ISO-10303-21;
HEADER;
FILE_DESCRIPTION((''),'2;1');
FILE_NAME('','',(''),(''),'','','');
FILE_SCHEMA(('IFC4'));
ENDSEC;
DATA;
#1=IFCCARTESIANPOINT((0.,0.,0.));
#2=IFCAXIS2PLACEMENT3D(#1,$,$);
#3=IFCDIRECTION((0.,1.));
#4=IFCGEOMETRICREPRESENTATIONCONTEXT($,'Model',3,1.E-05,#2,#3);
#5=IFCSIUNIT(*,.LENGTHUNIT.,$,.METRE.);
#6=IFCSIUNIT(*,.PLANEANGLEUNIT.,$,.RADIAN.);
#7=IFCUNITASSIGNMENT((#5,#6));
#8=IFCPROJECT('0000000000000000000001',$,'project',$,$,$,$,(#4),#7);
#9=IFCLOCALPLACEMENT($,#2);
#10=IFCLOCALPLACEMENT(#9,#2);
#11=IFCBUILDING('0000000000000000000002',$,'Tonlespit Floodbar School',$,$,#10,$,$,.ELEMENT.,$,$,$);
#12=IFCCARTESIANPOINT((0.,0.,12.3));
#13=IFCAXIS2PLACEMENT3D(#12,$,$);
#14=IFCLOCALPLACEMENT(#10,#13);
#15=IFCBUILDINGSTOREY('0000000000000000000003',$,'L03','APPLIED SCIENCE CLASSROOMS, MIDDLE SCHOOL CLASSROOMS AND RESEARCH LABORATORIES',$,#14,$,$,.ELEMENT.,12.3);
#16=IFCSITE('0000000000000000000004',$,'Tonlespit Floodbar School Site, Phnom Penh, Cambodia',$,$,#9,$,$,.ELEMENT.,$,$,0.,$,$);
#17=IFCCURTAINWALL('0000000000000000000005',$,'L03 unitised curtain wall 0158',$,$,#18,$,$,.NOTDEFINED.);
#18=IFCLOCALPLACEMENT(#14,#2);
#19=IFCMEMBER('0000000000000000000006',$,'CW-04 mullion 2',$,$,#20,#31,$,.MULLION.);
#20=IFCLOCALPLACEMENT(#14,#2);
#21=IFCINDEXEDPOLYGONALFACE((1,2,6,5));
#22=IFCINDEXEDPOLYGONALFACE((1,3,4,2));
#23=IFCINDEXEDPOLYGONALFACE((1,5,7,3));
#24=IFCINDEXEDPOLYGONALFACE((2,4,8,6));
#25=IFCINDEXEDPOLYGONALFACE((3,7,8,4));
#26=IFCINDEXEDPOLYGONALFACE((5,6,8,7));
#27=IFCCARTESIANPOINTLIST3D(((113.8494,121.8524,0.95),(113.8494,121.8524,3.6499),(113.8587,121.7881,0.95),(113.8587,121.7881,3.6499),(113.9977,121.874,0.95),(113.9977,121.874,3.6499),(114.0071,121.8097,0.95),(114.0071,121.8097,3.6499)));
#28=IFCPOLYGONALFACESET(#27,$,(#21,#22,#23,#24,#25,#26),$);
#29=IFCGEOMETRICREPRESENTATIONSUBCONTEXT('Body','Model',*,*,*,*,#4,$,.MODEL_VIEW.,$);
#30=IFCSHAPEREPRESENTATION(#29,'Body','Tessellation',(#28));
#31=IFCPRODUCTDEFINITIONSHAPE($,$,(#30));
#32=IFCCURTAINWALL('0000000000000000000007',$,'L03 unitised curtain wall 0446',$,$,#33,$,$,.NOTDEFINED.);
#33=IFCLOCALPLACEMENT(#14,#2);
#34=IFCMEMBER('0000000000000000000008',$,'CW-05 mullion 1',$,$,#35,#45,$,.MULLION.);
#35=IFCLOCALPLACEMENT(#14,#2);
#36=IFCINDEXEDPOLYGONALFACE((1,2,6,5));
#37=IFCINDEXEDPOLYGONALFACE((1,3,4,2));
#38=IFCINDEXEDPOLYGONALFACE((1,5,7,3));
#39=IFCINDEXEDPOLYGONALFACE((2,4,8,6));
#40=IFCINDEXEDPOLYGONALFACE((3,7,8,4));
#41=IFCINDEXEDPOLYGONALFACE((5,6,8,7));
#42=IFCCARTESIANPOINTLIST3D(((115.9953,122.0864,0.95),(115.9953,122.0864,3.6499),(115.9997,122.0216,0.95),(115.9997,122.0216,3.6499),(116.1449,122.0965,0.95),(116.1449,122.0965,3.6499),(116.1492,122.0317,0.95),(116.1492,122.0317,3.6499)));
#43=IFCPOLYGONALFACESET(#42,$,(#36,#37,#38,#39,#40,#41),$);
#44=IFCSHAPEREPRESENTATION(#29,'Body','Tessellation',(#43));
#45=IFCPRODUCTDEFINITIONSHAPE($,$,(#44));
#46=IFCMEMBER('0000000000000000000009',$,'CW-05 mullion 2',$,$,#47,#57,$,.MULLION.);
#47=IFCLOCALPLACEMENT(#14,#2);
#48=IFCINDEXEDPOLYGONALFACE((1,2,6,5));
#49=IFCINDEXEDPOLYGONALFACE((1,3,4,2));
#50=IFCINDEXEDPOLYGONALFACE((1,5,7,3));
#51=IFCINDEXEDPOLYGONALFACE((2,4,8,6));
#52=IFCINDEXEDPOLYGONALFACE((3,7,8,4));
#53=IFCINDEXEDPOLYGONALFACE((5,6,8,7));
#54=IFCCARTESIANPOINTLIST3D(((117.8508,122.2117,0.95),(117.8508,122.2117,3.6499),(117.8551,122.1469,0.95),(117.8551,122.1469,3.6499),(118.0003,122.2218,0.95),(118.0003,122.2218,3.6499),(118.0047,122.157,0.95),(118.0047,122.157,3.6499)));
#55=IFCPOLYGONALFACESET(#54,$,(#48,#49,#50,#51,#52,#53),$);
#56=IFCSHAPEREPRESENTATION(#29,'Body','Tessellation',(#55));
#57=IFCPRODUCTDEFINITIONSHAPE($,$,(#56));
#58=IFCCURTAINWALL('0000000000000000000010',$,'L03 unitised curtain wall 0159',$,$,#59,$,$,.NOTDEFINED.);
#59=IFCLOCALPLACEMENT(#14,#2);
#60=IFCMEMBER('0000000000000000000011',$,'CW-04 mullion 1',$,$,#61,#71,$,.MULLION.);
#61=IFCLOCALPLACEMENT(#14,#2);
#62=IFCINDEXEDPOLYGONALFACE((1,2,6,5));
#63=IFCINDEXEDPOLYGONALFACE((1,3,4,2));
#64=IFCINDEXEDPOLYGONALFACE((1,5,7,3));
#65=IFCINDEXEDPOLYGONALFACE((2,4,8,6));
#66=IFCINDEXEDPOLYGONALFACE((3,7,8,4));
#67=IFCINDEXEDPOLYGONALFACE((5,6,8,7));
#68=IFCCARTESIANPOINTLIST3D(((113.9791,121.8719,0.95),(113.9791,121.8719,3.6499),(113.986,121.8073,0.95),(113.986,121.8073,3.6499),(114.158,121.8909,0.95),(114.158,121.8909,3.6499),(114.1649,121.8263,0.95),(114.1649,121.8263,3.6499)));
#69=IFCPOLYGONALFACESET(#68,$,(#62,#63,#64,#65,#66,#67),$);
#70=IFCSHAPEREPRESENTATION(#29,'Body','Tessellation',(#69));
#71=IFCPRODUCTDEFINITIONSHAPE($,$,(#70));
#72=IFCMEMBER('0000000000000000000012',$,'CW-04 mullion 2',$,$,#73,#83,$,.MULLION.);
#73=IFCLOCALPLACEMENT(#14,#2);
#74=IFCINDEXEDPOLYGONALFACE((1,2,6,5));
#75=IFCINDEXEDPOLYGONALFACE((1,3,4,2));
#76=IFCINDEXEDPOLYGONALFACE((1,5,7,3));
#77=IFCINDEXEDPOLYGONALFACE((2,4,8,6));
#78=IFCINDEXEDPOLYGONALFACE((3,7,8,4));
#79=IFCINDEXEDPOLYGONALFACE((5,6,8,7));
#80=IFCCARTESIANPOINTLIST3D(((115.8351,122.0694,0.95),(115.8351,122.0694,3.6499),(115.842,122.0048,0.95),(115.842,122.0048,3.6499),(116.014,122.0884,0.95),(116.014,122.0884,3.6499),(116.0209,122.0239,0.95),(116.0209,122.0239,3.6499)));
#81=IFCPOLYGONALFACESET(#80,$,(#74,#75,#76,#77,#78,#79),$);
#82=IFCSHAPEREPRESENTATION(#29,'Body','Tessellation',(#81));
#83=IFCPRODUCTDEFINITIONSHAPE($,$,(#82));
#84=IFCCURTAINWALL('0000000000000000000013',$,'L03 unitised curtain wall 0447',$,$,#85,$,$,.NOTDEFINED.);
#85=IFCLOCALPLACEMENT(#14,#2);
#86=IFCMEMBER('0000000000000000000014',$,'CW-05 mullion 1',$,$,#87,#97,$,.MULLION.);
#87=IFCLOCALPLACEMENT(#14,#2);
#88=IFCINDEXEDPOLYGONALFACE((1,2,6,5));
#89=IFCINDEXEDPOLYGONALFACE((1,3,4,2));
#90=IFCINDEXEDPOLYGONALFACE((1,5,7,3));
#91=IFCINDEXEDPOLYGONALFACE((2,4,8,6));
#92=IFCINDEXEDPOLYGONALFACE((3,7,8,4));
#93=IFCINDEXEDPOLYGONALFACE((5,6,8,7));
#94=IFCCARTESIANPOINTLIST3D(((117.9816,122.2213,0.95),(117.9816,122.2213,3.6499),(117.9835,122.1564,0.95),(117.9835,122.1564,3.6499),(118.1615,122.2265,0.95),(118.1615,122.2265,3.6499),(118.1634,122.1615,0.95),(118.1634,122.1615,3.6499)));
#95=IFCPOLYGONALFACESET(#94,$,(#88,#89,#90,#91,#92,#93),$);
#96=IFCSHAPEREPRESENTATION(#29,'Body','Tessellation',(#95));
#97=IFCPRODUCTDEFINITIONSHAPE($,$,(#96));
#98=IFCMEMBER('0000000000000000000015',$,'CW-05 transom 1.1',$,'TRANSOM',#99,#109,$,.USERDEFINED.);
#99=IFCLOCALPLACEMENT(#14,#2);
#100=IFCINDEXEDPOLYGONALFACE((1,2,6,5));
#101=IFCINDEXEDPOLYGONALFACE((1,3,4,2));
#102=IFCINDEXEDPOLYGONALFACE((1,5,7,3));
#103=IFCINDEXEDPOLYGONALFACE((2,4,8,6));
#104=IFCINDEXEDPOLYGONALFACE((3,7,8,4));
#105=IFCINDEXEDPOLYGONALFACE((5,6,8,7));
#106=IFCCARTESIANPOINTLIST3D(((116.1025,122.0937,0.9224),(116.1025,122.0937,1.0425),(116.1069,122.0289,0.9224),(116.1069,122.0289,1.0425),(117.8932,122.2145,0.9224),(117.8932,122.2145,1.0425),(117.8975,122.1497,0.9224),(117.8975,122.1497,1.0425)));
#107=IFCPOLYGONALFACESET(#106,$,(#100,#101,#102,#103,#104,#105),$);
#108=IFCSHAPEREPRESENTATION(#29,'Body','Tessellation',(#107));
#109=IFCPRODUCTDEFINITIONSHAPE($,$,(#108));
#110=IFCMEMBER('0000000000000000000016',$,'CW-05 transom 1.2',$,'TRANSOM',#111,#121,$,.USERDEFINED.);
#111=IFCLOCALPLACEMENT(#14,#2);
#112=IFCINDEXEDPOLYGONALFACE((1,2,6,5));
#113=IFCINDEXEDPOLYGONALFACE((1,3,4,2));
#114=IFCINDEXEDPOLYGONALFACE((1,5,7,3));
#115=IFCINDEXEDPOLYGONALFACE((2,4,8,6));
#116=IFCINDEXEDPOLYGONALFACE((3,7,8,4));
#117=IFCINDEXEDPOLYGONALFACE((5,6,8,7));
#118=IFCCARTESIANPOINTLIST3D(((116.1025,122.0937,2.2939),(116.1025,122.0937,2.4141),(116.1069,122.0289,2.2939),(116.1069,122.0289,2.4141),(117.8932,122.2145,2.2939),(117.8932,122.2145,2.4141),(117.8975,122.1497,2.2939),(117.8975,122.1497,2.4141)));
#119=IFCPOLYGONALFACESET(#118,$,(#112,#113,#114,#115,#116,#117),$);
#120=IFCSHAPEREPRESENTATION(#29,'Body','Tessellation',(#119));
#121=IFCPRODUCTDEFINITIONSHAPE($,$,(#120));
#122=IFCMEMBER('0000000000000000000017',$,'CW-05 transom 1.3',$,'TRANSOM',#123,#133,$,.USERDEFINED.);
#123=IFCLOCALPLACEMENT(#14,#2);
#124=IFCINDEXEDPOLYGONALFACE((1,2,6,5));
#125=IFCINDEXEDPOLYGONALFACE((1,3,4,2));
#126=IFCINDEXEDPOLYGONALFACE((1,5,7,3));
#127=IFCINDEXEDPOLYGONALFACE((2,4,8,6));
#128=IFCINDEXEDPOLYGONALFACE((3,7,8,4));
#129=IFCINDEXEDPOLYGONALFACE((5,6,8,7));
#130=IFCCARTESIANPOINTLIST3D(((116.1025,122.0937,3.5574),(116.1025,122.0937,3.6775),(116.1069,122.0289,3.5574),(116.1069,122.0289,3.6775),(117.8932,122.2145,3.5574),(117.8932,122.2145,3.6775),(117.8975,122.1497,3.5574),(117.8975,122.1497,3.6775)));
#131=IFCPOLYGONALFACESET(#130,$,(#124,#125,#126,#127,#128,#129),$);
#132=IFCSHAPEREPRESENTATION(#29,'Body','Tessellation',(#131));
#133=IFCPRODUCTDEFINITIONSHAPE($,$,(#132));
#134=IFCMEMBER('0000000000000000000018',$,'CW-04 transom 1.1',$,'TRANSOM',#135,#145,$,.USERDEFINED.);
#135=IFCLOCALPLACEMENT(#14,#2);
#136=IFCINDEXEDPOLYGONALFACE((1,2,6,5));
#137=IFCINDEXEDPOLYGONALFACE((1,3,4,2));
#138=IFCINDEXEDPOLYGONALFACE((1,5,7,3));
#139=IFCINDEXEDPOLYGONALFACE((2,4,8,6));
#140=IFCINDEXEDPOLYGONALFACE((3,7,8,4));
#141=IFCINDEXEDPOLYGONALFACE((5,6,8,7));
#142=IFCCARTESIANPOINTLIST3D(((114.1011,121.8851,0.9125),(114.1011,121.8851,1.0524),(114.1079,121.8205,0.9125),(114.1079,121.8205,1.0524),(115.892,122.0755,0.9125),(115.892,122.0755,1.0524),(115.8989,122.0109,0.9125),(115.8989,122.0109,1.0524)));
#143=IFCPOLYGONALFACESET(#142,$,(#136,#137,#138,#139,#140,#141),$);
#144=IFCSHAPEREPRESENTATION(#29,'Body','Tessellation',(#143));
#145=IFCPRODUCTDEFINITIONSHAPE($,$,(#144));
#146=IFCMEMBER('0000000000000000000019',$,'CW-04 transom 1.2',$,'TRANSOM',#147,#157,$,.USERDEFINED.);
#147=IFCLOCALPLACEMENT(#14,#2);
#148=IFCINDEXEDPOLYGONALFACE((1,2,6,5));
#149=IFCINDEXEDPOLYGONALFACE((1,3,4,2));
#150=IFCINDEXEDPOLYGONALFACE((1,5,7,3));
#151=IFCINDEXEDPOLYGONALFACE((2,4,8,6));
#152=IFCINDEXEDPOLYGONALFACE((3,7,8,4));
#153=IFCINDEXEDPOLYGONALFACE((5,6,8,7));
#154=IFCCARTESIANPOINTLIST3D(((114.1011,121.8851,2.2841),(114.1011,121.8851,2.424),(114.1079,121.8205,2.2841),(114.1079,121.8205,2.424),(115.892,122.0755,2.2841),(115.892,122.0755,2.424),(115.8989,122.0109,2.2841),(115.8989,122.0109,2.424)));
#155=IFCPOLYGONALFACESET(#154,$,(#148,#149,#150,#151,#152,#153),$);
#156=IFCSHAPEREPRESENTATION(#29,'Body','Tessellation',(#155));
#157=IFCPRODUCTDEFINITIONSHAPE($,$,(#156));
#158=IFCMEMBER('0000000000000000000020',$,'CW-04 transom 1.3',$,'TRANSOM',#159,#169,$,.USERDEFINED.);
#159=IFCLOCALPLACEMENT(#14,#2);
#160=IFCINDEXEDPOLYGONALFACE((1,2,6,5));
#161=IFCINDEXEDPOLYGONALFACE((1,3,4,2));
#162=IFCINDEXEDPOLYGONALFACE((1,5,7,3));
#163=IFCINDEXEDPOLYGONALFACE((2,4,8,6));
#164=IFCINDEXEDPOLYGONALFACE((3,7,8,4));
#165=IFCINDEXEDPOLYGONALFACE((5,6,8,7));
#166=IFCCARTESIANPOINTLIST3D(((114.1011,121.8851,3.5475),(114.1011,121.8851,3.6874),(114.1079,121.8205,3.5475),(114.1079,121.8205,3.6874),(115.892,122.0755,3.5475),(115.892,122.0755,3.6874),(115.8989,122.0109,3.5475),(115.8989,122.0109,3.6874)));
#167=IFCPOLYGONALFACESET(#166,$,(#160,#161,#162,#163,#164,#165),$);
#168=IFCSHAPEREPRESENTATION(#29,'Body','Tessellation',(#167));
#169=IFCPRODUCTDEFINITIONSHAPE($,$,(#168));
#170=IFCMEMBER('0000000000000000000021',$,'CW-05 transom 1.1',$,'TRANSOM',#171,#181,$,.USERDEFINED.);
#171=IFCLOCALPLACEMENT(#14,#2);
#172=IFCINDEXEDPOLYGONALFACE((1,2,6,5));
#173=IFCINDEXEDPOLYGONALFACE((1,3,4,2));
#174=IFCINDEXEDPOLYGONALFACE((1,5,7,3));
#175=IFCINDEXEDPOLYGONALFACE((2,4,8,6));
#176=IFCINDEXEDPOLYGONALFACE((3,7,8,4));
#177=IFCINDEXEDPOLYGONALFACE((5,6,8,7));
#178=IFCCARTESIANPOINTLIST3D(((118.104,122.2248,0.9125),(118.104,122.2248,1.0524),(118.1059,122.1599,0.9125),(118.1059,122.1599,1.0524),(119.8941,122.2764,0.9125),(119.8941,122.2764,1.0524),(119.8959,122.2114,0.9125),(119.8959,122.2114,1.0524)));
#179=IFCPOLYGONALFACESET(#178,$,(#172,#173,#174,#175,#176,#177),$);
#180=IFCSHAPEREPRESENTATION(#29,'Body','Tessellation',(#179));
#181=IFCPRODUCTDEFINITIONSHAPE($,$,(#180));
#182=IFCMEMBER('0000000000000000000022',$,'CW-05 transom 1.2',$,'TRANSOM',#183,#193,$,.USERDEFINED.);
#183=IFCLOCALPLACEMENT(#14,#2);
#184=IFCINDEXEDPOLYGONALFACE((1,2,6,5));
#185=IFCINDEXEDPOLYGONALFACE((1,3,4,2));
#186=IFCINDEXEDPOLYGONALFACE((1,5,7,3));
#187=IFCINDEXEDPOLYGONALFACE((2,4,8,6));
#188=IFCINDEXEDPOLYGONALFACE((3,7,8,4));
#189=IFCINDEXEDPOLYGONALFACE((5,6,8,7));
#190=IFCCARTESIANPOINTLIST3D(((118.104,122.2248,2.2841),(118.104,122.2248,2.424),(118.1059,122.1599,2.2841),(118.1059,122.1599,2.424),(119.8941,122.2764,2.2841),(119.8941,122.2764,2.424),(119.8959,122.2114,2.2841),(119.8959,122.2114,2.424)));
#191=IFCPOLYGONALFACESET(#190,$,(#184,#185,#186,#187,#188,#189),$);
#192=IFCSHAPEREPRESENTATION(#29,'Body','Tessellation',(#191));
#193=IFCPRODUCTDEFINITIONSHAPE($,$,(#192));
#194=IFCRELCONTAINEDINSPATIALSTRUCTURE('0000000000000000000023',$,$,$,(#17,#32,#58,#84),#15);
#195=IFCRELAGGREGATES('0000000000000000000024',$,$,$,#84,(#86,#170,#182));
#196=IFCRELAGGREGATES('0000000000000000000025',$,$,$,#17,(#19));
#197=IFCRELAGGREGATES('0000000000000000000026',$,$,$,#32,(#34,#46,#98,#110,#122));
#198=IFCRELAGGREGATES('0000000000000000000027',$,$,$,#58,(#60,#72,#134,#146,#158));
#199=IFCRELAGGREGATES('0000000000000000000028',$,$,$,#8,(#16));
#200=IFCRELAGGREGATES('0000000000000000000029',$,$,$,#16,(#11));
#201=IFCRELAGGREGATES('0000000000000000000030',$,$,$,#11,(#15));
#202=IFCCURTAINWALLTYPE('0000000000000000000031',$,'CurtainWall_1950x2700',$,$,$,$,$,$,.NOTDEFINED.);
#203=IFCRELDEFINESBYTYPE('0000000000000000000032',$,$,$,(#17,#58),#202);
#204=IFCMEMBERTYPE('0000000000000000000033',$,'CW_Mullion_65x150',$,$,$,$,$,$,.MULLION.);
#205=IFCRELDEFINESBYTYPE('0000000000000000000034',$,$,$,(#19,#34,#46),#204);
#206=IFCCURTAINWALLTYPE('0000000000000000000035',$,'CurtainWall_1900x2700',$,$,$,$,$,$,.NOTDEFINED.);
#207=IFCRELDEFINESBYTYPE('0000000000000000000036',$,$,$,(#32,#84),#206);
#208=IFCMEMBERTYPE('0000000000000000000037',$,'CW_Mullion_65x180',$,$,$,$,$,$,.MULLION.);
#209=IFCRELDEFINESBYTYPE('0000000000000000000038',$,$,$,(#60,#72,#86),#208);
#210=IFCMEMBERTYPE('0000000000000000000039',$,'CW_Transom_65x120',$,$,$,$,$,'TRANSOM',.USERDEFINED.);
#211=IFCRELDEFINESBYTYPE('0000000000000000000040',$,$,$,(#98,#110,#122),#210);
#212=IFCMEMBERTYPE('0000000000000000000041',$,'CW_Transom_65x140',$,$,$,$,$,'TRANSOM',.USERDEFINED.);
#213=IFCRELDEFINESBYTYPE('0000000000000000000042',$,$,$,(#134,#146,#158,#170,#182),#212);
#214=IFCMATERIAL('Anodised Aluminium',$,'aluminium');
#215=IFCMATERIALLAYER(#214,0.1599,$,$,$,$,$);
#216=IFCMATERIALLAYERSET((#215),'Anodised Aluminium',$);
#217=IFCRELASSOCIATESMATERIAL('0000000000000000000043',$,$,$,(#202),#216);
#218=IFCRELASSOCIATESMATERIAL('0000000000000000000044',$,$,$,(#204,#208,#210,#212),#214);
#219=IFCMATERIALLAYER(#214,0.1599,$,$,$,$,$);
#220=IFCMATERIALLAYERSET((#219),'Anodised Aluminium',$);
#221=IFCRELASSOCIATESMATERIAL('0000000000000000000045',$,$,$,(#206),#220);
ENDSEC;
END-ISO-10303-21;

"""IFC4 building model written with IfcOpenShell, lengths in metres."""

from ifc_helpers import new_model, si_unit, direction, frame, origin, origin_2d, place, context, subcontext, project, spatial, rectangle, extrude, material, layer, layer_set, material_profile, profile_set, type_object, element, aggregate, save


model = new_model("IFC4")

# Units and contexts
model_context = context("Model", 3, precision=1e-05, world=origin(), true_north=direction((0.0, 1.0)))
body_context = subcontext(model_context, "Body", "Model", "MODEL_VIEW")
ifc_project = project(units=[si_unit("LENGTHUNIT", "METRE"), si_unit("PLANEANGLEUNIT", "RADIAN")], contexts=[model_context])

# Site, building, storey
site_placement = place(None, origin())
site = spatial("IfcSite", under=ifc_project, at=site_placement, Name="Tonlespit Floodbar School Site, Phnom Penh, Cambodia", CompositionType="ELEMENT", RefElevation=0.0)
building_placement = place(site_placement, origin())
building = spatial("IfcBuilding", under=site, at=building_placement, Name="Tonlespit Floodbar School", CompositionType="ELEMENT")
storey_placement = place(building_placement, frame((0.0, 0.0, 12.3)))
storey = spatial("IfcBuildingStorey", under=building, at=storey_placement, Name="L03", Description="APPLIED SCIENCE CLASSROOMS, MIDDLE SCHOOL CLASSROOMS AND RESEARCH LABORATORIES", CompositionType="ELEMENT", Elevation=12.3)

# Curtain wall, member
ifc_material_1 = material(Name="Anodised Aluminium", Category="aluminium")
ifc_layer_1 = layer(ifc_material_1, 0.1599)
ifc_layer_set_1 = layer_set([ifc_layer_1], Name="Anodised Aluminium")
curtain_wall_type_1 = type_object("IfcCurtainWallType", Name="CurtainWall_1950x2700", PredefinedType="NOTDEFINED", material=ifc_layer_set_1)
curtain_wall_1_placement = place(storey_placement, origin())
curtain_wall_1 = element("IfcCurtainWall", 1, at=curtain_wall_1_placement, inside=storey, type_object=curtain_wall_type_1, Name="L03 unitised curtain wall 0158", PredefinedType="NOTDEFINED")
ifc_material_profile_1 = material_profile(ifc_material_1, rectangle(XDim=0.0649, YDim=0.1499, at=origin_2d()), Name="ALU M65x150")
ifc_profile_set_1 = profile_set([ifc_material_profile_1], Name="Anodised Aluminium")
member_type_1 = type_object("IfcMemberType", Name="CW_Mullion_65x150", PredefinedType="MULLION", material=ifc_profile_set_1)
member_1_placement = place(storey_placement, frame((113.9282, 121.8311, 0.95), z_axis=(0.0, 0.0, 1.0), x_axis=(-0.144248, 0.989542, 0.0)))
member_1 = element("IfcMember", 2, at=member_1_placement, type_object=member_type_1, Name="CW-04 mullion 2", PredefinedType="MULLION", context=body_context, shape_type="SweptSolid", body=[
    extrude(rectangle(XDim=0.0649, YDim=0.1499, at=origin_2d()), origin(), (0.0, 0.0, 1.0), 2.7),
])

# Curtain walls, members
ifc_layer_2 = layer(ifc_material_1, 0.1599)
ifc_layer_set_2 = layer_set([ifc_layer_2], Name="Anodised Aluminium")
curtain_wall_type_2 = type_object("IfcCurtainWallType", Name="CurtainWall_1900x2700", PredefinedType="NOTDEFINED", material=ifc_layer_set_2)
curtain_wall_2_placement = place(storey_placement, origin())
curtain_wall_2 = element("IfcCurtainWall", 3, at=curtain_wall_2_placement, inside=storey, type_object=curtain_wall_type_2, Name="L03 unitised curtain wall 0446", PredefinedType="NOTDEFINED")
member_2_placement = place(storey_placement, frame((116.0723, 122.0591, 0.95), z_axis=(0.0, 0.0, 1.0), x_axis=(-0.06734, 0.99773, 0.0)))
member_2 = element("IfcMember", 4, at=member_2_placement, type_object=member_type_1, Name="CW-05 mullion 1", PredefinedType="MULLION", context=body_context, shape_type="SweptSolid", body=[
    extrude(rectangle(XDim=0.0649, YDim=0.1499, at=origin_2d()), origin(), (0.0, 0.0, 1.0), 2.7),
])
member_3_placement = place(storey_placement, frame((117.9277, 122.1843, 0.95), z_axis=(0.0, 0.0, 1.0), x_axis=(-0.06734, 0.99773, 0.0)))
member_3 = element("IfcMember", 5, at=member_3_placement, type_object=member_type_1, Name="CW-05 mullion 2", PredefinedType="MULLION", context=body_context, shape_type="SweptSolid", body=[
    extrude(rectangle(XDim=0.0649, YDim=0.1499, at=origin_2d()), origin(), (0.0, 0.0, 1.0), 2.7),
])
curtain_wall_3_placement = place(storey_placement, origin())
curtain_wall_3 = element("IfcCurtainWall", 6, at=curtain_wall_3_placement, inside=storey, type_object=curtain_wall_type_1, Name="L03 unitised curtain wall 0159", PredefinedType="NOTDEFINED")
ifc_material_profile_2 = material_profile(ifc_material_1, rectangle(XDim=0.0649, YDim=0.1799, at=origin_2d()), Name="ALU M65x180")
ifc_profile_set_2 = profile_set([ifc_material_profile_2], Name="Anodised Aluminium")
member_type_2 = type_object("IfcMemberType", Name="CW_Mullion_65x180", PredefinedType="MULLION", material=ifc_profile_set_2)
member_4_placement = place(storey_placement, frame((114.072, 121.8491, 0.95), z_axis=(0.0, 0.0, 1.0), x_axis=(-0.105787, 0.994389, 0.0)))
member_4 = element("IfcMember", 7, at=member_4_placement, type_object=member_type_2, Name="CW-04 mullion 1", PredefinedType="MULLION", context=body_context, shape_type="SweptSolid", body=[
    extrude(rectangle(XDim=0.0649, YDim=0.1799, at=origin_2d()), origin(), (0.0, 0.0, 1.0), 2.7),
])
member_5_placement = place(storey_placement, frame((115.928, 122.0466, 0.95), z_axis=(0.0, 0.0, 1.0), x_axis=(-0.105787, 0.994389, 0.0)))
member_5 = element("IfcMember", 8, at=member_5_placement, type_object=member_type_2, Name="CW-04 mullion 2", PredefinedType="MULLION", context=body_context, shape_type="SweptSolid", body=[
    extrude(rectangle(XDim=0.0649, YDim=0.1799, at=origin_2d()), origin(), (0.0, 0.0, 1.0), 2.7),
])

# Curtain wall, member
curtain_wall_4_placement = place(storey_placement, origin())
curtain_wall_4 = element("IfcCurtainWall", 9, at=curtain_wall_4_placement, inside=storey, type_object=curtain_wall_type_2, Name="L03 unitised curtain wall 0447", PredefinedType="NOTDEFINED")
member_6_placement = place(storey_placement, frame((118.0725, 122.1914, 0.95), z_axis=(0.0, 0.0, 1.0), x_axis=(-0.02879, 0.999585, 0.0)))
member_6 = element("IfcMember", 10, at=member_6_placement, type_object=member_type_2, Name="CW-05 mullion 1", PredefinedType="MULLION", context=body_context, shape_type="SweptSolid", body=[
    extrude(rectangle(XDim=0.0649, YDim=0.1799, at=origin_2d()), origin(), (0.0, 0.0, 1.0), 2.7),
])

# Members
ifc_material_profile_3 = material_profile(ifc_material_1, rectangle(XDim=0.0649, YDim=0.1201, at=origin_2d()), Name="ALU T65x120")
ifc_profile_set_3 = profile_set([ifc_material_profile_3], Name="Anodised Aluminium")
member_type_3 = type_object("IfcMemberType", Name="CW_Transom_65x120", ElementType="TRANSOM", PredefinedType="USERDEFINED", material=ifc_profile_set_3)
member_7_placement = place(storey_placement, frame((116.1047, 122.0613, 0.9824), z_axis=(0.99773, 0.067341, 0.0), x_axis=(-0.067341, 0.99773, 0.0)))
member_7 = element("IfcMember", 11, at=member_7_placement, type_object=member_type_3, Name="CW-05 transom 1.1", ObjectType="TRANSOM", PredefinedType="USERDEFINED", context=body_context, shape_type="SweptSolid", body=[
    extrude(rectangle(XDim=0.0649, YDim=0.1201, at=origin_2d()), origin(), (0.0, 0.0, 1.0), 1.7947),
])
member_8_placement = place(storey_placement, frame((116.1047, 122.0613, 2.354), z_axis=(0.99773, 0.067341, 0.0), x_axis=(-0.067341, 0.99773, 0.0)))
member_8 = element("IfcMember", 12, at=member_8_placement, type_object=member_type_3, Name="CW-05 transom 1.2", ObjectType="TRANSOM", PredefinedType="USERDEFINED", context=body_context, shape_type="SweptSolid", body=[
    extrude(rectangle(XDim=0.0649, YDim=0.1201, at=origin_2d()), origin(), (0.0, 0.0, 1.0), 1.7947),
])
member_9_placement = place(storey_placement, frame((116.1047, 122.0613, 3.6174), z_axis=(0.99773, 0.067341, 0.0), x_axis=(-0.067341, 0.99773, 0.0)))
member_9 = element("IfcMember", 13, at=member_9_placement, type_object=member_type_3, Name="CW-05 transom 1.3", ObjectType="TRANSOM", PredefinedType="USERDEFINED", context=body_context, shape_type="SweptSolid", body=[
    extrude(rectangle(XDim=0.0649, YDim=0.1201, at=origin_2d()), origin(), (0.0, 0.0, 1.0), 1.7947),
])
ifc_material_profile_4 = material_profile(ifc_material_1, rectangle(XDim=0.0649, YDim=0.1399, at=origin_2d()), Name="ALU T65x140")
ifc_profile_set_4 = profile_set([ifc_material_profile_4], Name="Anodised Aluminium")
member_type_4 = type_object("IfcMemberType", Name="CW_Transom_65x140", ElementType="TRANSOM", PredefinedType="USERDEFINED", material=ifc_profile_set_4)
member_10_placement = place(storey_placement, frame((114.1045, 121.8528, 0.9824), z_axis=(0.994395, 0.105729, 0.0), x_axis=(-0.105729, 0.994395, 0.0)))
member_10 = element("IfcMember", 14, at=member_10_placement, type_object=member_type_4, Name="CW-04 transom 1.1", ObjectType="TRANSOM", PredefinedType="USERDEFINED", context=body_context, shape_type="SweptSolid", body=[
    extrude(rectangle(XDim=0.0649, YDim=0.1399, at=origin_2d()), origin(), (0.0, 0.0, 1.0), 1.801),
])
member_11_placement = place(storey_placement, frame((114.1045, 121.8528, 2.354), z_axis=(0.994395, 0.105729, 0.0), x_axis=(-0.105729, 0.994395, 0.0)))
member_11 = element("IfcMember", 15, at=member_11_placement, type_object=member_type_4, Name="CW-04 transom 1.2", ObjectType="TRANSOM", PredefinedType="USERDEFINED", context=body_context, shape_type="SweptSolid", body=[
    extrude(rectangle(XDim=0.0649, YDim=0.1399, at=origin_2d()), origin(), (0.0, 0.0, 1.0), 1.801),
])
member_12_placement = place(storey_placement, frame((114.1045, 121.8528, 3.6174), z_axis=(0.994395, 0.105729, 0.0), x_axis=(-0.105729, 0.994395, 0.0)))
member_12 = element("IfcMember", 16, at=member_12_placement, type_object=member_type_4, Name="CW-04 transom 1.3", ObjectType="TRANSOM", PredefinedType="USERDEFINED", context=body_context, shape_type="SweptSolid", body=[
    extrude(rectangle(XDim=0.0649, YDim=0.1399, at=origin_2d()), origin(), (0.0, 0.0, 1.0), 1.801),
])
member_13_placement = place(storey_placement, frame((118.105, 122.1924, 0.9824), z_axis=(0.999586, 0.028766, 0.0), x_axis=(-0.028766, 0.999586, 0.0)))
member_13 = element("IfcMember", 17, at=member_13_placement, type_object=member_type_4, Name="CW-05 transom 1.1", ObjectType="TRANSOM", PredefinedType="USERDEFINED", context=body_context, shape_type="SweptSolid", body=[
    extrude(rectangle(XDim=0.0649, YDim=0.1399, at=origin_2d()), origin(), (0.0, 0.0, 1.0), 1.7908),
])
member_14_placement = place(storey_placement, frame((118.105, 122.1924, 2.354), z_axis=(0.999586, 0.028766, 0.0), x_axis=(-0.028766, 0.999586, 0.0)))
member_14 = element("IfcMember", 18, at=member_14_placement, type_object=member_type_4, Name="CW-05 transom 1.2", ObjectType="TRANSOM", PredefinedType="USERDEFINED", context=body_context, shape_type="SweptSolid", body=[
    extrude(rectangle(XDim=0.0649, YDim=0.1399, at=origin_2d()), origin(), (0.0, 0.0, 1.0), 1.7908),
])
aggregate(curtain_wall_4, [member_6, member_13, member_14])

aggregate(curtain_wall_1, [member_1])
aggregate(curtain_wall_2, [member_2, member_3, member_7, member_8, member_9])
aggregate(curtain_wall_3, [member_4, member_5, member_10, member_11, member_12])

save(model, "model.ifc")
